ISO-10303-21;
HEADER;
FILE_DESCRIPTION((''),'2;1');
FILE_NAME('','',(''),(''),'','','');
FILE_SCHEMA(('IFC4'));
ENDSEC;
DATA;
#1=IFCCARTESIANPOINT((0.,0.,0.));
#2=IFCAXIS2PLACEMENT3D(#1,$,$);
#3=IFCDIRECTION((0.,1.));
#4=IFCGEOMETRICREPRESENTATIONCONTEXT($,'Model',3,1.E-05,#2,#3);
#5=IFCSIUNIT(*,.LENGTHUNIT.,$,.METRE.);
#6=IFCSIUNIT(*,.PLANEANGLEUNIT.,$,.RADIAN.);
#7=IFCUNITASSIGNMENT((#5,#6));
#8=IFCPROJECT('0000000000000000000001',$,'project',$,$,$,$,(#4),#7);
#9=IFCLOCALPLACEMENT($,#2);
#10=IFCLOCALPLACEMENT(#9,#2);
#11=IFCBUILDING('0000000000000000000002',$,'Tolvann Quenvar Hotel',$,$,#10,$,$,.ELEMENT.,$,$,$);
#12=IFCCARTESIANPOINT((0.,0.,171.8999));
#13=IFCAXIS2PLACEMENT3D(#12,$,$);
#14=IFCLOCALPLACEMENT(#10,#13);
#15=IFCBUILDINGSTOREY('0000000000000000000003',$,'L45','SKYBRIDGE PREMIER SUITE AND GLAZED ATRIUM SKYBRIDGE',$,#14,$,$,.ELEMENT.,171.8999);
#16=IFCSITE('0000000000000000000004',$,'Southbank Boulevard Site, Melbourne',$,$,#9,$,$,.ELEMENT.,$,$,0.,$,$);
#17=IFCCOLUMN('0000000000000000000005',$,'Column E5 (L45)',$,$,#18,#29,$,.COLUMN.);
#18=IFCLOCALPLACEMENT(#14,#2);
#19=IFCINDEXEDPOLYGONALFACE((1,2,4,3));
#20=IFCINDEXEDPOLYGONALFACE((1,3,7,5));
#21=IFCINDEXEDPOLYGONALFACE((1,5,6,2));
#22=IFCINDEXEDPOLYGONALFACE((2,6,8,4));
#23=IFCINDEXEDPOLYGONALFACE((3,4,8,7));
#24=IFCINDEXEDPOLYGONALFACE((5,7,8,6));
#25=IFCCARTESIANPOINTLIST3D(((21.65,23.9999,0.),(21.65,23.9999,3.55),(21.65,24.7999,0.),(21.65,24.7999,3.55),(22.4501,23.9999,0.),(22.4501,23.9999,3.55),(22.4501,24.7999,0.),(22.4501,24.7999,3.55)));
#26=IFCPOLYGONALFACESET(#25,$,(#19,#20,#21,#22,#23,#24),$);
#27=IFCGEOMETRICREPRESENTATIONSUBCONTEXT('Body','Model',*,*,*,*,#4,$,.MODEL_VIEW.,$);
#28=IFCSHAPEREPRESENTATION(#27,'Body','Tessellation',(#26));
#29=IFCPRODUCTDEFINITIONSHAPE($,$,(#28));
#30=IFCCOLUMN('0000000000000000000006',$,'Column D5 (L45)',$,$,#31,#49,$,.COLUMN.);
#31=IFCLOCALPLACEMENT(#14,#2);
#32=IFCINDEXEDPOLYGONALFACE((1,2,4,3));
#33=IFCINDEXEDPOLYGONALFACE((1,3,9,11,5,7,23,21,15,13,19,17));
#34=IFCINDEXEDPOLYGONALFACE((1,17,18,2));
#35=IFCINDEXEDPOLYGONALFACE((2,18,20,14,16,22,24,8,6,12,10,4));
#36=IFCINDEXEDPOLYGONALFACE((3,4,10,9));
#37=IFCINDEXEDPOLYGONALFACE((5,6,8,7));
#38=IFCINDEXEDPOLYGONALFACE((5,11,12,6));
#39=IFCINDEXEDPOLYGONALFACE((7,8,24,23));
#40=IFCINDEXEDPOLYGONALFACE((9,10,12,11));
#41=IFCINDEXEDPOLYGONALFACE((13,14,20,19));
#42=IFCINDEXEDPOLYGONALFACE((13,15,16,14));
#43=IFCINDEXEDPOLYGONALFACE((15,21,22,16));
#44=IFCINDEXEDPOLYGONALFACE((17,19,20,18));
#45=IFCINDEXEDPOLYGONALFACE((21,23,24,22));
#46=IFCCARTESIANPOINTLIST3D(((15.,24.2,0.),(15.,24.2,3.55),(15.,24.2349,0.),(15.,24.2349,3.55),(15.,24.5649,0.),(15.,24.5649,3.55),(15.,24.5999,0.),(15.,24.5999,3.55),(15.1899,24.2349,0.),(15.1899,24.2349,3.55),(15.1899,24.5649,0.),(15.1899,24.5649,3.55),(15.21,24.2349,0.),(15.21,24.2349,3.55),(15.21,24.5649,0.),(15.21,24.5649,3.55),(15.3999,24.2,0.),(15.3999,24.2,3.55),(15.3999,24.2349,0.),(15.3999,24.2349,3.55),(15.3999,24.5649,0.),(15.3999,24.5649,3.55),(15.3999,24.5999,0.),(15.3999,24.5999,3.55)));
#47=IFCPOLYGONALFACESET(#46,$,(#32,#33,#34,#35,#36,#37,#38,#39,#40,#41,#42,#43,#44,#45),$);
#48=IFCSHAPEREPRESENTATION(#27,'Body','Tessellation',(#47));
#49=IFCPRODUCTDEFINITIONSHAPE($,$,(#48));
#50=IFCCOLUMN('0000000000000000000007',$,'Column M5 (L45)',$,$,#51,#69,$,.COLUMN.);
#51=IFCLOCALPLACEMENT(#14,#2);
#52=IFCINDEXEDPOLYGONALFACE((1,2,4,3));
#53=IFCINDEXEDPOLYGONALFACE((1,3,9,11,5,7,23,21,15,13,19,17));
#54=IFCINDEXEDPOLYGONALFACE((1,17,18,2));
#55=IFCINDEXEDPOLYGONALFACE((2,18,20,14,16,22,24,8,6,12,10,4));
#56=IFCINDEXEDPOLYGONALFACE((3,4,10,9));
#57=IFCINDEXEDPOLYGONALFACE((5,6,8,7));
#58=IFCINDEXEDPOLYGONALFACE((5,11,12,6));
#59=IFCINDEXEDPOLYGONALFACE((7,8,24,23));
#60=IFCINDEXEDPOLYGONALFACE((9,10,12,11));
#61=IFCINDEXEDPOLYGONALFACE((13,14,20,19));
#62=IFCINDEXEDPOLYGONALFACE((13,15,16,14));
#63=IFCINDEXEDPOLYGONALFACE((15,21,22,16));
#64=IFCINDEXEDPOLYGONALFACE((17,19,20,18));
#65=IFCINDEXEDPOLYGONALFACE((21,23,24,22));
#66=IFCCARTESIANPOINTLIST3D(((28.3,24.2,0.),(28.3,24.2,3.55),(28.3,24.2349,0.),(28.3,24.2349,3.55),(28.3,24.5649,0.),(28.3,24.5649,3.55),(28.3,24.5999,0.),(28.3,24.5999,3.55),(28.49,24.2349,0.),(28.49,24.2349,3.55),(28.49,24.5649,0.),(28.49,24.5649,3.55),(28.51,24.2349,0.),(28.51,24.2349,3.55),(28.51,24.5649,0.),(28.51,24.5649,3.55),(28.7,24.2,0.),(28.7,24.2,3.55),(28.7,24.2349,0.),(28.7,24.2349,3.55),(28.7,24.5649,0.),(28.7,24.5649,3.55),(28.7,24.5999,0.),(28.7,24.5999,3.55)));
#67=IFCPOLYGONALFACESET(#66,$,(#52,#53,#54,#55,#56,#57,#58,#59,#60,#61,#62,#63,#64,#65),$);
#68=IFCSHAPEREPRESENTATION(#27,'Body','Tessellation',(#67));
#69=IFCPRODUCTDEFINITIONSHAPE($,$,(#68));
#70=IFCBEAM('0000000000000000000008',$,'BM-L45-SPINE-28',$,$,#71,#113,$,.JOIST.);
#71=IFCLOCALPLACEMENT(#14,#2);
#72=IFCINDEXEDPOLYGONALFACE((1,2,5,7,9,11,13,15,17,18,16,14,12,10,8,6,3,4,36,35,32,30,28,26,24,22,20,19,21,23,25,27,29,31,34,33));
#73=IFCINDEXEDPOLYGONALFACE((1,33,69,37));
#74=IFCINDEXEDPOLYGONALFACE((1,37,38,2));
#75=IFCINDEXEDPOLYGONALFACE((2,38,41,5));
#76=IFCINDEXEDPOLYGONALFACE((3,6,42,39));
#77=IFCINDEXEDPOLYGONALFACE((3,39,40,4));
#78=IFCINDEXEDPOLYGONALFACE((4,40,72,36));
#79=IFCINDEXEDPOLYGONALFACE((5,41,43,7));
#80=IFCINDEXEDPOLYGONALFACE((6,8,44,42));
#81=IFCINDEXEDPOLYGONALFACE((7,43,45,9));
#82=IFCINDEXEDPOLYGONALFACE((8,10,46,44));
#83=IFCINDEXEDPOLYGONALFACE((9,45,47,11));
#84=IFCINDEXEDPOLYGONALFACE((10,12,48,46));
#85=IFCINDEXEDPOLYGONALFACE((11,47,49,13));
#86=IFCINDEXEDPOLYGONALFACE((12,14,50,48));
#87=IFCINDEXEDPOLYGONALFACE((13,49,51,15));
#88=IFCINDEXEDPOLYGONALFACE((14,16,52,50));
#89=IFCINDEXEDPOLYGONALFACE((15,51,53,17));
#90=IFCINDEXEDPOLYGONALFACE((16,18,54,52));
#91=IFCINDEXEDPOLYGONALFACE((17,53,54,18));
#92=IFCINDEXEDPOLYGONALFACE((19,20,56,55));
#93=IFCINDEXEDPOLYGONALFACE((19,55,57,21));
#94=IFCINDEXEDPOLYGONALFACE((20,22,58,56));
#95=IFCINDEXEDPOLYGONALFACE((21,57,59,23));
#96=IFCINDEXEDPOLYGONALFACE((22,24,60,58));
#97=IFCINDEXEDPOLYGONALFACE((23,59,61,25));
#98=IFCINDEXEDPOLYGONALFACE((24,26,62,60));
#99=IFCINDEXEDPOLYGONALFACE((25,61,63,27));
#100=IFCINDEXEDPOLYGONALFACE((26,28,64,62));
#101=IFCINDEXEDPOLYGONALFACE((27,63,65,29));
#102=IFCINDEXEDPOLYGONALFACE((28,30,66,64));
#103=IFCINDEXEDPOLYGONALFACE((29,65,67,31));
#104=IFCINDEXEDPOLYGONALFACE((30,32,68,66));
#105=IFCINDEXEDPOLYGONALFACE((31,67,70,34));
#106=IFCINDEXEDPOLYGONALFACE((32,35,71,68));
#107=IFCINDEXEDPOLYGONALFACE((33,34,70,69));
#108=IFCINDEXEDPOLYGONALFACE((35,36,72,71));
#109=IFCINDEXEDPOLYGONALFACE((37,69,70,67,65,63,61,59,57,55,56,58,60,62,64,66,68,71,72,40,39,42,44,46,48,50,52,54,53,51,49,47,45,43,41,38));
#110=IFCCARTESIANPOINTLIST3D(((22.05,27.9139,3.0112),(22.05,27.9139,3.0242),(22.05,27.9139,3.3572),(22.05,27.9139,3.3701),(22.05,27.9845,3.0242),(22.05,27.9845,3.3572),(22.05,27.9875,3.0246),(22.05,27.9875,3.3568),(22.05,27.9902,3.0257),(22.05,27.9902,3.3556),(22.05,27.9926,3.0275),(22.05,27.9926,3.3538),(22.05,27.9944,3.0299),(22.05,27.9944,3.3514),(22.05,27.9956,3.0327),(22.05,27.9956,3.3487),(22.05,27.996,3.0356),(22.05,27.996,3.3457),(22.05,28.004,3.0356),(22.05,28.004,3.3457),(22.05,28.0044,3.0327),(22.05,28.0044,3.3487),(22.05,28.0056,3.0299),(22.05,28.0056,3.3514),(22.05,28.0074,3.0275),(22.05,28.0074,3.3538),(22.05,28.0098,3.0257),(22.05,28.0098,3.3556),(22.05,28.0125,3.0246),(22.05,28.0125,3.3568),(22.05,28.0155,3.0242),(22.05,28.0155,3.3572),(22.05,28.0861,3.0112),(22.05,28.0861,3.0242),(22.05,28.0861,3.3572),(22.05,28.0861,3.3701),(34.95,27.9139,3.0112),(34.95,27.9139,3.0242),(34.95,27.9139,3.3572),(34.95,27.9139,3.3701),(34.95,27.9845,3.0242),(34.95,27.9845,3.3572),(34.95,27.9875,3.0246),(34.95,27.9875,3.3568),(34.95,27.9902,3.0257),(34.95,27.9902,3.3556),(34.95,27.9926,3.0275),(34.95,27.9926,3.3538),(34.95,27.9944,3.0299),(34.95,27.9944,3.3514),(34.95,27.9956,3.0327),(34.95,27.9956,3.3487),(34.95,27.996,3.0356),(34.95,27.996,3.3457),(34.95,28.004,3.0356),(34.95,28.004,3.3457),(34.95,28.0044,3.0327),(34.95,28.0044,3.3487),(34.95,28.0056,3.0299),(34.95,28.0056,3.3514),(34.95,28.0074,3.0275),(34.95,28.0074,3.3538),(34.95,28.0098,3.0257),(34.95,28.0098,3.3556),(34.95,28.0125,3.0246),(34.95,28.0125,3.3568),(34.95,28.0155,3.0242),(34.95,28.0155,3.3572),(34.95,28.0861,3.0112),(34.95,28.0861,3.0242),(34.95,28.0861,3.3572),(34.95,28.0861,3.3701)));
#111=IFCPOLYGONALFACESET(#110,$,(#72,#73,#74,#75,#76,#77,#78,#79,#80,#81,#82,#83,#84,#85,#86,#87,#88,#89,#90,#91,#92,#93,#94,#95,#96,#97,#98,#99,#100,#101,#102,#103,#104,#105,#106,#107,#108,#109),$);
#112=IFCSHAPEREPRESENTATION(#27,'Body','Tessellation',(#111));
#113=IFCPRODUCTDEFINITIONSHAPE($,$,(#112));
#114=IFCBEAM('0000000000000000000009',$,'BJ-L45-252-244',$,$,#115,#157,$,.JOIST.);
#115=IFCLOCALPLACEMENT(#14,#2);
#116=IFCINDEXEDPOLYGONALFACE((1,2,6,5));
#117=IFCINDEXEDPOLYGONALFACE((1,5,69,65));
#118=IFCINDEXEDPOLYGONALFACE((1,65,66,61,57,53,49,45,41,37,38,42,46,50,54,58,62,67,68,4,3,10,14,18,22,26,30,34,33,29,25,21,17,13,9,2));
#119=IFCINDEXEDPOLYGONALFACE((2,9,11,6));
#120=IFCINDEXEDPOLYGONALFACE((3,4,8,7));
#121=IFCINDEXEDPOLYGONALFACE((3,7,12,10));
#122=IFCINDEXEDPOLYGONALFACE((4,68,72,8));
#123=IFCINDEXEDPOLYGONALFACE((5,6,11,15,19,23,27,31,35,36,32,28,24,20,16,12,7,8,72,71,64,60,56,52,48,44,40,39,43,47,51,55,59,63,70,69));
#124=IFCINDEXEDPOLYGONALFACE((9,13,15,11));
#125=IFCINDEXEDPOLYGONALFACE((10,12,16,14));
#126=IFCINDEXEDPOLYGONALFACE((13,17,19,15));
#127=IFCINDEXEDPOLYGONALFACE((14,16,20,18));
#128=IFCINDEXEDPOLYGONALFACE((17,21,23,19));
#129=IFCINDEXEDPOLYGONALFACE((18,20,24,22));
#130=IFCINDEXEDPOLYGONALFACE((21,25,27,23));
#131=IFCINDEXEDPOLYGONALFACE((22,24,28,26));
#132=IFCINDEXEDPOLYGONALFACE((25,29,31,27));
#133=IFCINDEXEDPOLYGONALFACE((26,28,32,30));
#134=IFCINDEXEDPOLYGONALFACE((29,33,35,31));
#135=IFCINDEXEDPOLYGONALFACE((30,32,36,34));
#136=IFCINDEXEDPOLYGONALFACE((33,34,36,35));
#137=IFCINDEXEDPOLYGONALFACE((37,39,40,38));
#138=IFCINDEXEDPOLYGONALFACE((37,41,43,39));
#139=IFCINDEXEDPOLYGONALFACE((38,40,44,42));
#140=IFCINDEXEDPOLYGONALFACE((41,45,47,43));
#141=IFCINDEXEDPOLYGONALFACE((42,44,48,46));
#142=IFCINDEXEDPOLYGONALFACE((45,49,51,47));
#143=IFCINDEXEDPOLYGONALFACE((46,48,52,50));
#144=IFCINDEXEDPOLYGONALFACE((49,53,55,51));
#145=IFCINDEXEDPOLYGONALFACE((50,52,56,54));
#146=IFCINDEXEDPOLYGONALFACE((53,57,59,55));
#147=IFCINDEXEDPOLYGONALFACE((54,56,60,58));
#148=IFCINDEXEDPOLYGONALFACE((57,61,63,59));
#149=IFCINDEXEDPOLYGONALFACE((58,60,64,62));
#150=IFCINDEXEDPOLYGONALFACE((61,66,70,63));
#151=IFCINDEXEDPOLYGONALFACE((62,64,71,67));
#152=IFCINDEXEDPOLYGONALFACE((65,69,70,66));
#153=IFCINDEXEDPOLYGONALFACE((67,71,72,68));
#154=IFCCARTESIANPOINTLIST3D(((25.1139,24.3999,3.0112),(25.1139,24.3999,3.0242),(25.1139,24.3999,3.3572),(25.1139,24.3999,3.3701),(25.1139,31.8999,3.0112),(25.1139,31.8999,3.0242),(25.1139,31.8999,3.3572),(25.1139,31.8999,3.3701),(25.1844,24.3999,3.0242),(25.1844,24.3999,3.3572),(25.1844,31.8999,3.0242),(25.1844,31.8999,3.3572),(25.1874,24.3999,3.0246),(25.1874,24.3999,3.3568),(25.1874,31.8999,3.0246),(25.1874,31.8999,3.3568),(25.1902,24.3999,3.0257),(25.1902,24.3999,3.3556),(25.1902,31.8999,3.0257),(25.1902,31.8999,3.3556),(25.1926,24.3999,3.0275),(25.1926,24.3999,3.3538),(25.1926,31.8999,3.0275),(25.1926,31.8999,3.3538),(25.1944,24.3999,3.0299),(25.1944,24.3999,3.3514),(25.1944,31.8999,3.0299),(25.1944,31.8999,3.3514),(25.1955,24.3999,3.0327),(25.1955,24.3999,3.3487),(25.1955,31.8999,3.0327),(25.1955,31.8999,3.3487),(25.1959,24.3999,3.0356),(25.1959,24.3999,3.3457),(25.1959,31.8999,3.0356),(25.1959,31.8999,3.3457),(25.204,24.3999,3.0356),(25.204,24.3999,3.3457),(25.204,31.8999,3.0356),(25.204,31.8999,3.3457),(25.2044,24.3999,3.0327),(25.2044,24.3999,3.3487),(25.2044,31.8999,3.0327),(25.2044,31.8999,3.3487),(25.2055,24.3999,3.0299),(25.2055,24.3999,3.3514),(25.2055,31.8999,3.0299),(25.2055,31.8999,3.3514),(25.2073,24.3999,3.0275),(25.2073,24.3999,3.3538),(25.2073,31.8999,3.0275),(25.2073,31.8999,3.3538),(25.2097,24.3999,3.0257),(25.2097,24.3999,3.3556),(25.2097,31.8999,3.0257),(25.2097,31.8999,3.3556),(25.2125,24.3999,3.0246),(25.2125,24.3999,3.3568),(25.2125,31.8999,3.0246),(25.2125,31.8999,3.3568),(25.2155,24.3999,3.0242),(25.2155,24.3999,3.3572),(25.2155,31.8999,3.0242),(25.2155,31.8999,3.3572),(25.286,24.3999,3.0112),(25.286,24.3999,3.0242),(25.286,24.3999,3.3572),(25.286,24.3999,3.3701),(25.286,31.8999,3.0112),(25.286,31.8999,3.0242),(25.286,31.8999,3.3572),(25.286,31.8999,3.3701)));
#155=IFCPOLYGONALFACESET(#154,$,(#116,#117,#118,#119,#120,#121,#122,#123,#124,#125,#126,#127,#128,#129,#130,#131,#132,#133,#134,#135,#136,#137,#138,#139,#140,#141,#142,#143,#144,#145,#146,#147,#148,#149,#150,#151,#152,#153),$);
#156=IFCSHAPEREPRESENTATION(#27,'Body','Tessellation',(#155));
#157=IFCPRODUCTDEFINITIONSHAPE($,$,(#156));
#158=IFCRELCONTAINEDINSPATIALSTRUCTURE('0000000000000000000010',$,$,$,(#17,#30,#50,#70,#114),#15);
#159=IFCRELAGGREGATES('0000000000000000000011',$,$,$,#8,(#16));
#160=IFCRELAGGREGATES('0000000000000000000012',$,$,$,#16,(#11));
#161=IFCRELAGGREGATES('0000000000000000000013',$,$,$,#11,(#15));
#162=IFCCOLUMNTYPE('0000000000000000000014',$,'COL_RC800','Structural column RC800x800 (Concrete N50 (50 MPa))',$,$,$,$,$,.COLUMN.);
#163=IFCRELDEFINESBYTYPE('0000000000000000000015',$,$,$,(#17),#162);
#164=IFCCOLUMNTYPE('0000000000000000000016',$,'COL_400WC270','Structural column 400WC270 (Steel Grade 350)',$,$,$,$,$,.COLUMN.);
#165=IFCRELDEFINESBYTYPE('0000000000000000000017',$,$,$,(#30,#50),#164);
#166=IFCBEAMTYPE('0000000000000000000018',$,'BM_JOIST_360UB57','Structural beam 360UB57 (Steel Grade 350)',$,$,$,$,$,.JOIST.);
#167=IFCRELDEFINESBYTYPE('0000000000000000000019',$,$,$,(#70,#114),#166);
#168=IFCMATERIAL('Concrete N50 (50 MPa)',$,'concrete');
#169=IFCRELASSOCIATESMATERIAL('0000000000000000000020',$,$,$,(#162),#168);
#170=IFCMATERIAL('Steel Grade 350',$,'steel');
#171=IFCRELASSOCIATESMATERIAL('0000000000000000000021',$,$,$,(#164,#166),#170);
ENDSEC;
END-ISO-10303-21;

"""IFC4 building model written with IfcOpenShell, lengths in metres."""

from ifc_helpers import new_model, si_unit, direction, frame, origin, origin_2d, place, context, subcontext, project, spatial, rectangle, i_section, extrude, source, transform, mapped, material, material_profile, profile_set, type_object, type_shapes, element, save


model = new_model("IFC4")

# Units and contexts
model_context = context("Model", 3, precision=1e-05, world=origin(), true_north=direction((0.0, 1.0)))
body_context = subcontext(model_context, "Body", "Model", "MODEL_VIEW")
ifc_project = project(units=[si_unit("LENGTHUNIT", "METRE"), si_unit("PLANEANGLEUNIT", "RADIAN")], contexts=[model_context])

# Site, building, storey
site_placement = place(None, origin())
site = spatial("IfcSite", under=ifc_project, at=site_placement, Name="Southbank Boulevard Site, Melbourne", CompositionType="ELEMENT", RefElevation=0.0)
building_placement = place(site_placement, origin())
building = spatial("IfcBuilding", under=site, at=building_placement, Name="Tolvann Quenvar Hotel", CompositionType="ELEMENT")
storey_placement = place(building_placement, frame((0.0, 0.0, 171.8999)))
storey = spatial("IfcBuildingStorey", under=building, at=storey_placement, Name="L45", Description="SKYBRIDGE PREMIER SUITE AND GLAZED ATRIUM SKYBRIDGE", CompositionType="ELEMENT", Elevation=171.8999)

# Columns
ifc_material_1 = material(Name="Concrete N50 (50 MPa)", Category="concrete")
ifc_material_profile_1 = material_profile(ifc_material_1, rectangle(XDim=0.8, YDim=0.8, at=origin_2d()), Name="RC800x800")
ifc_profile_set_1 = profile_set([ifc_material_profile_1], Name="Concrete N50 (50 MPa)")
column_type_1 = type_object("IfcColumnType", Name="COL_RC800", Description="Structural column RC800x800 (Concrete N50 (50 MPa))", PredefinedType="COLUMN", material=ifc_profile_set_1)
shared_shape_1 = source(origin(), body_context, "Body", "SweptSolid", [
    extrude(rectangle(XDim=0.8, YDim=0.8, at=origin_2d()), origin(), (0.0, 0.0, 1.0), 3.55),
])
type_shapes(column_type_1, [shared_shape_1])
column_placement = place(storey_placement, frame((22.05, 24.3999, 0.0), z_axis=(0.0, 0.0, 1.0), x_axis=(1.0, 0.0, 0.0)))
element("IfcColumn", 1, at=column_placement, inside=storey, type_object=column_type_1, Name="Column E5 (L45)", PredefinedType="COLUMN", context=body_context, shape_type="MappedRepresentation", body=[
    mapped(shared_shape_1, transform((0.0, 0.0, 0.0), x_axis=(1.0, 0.0, 0.0), y_axis=(0.0, 1.0, 0.0), z_axis=(0.0, 0.0, 1.0), scale=1.0)),
])
ifc_material_2 = material(Name="Steel Grade 350", Category="steel")
ifc_material_profile_2 = material_profile(ifc_material_2, i_section(OverallWidth=0.3999, OverallDepth=0.3999, WebThickness=0.02, FlangeThickness=0.0349, at=origin_2d()), Name="400WC270")
ifc_profile_set_2 = profile_set([ifc_material_profile_2], Name="Steel Grade 350")
column_type_2 = type_object("IfcColumnType", Name="COL_400WC270", Description="Structural column 400WC270 (Steel Grade 350)", PredefinedType="COLUMN", material=ifc_profile_set_2)
shared_shape_2 = source(origin(), body_context, "Body", "SweptSolid", [
    extrude(i_section(OverallWidth=0.3999, OverallDepth=0.3999, WebThickness=0.02, FlangeThickness=0.0349, at=origin_2d()), origin(), (0.0, 0.0, 1.0), 3.55),
])
type_shapes(column_type_2, [shared_shape_2])
for number, where, z_axis, x_axis, name in (
    (2, (15.2, 24.3999, 0.0), (0.0, 0.0, 1.0), (1.0, 0.0, 0.0), "Column D5 (L45)"),
    (3, (28.5, 24.3999, 0.0), (0.0, 0.0, 1.0), (1.0, 0.0, 0.0), "Column M5 (L45)"),
):
    element("IfcColumn", number, at=place(storey_placement, frame(where, z_axis=z_axis, x_axis=x_axis)), inside=storey, type_object=column_type_2, Name=name, PredefinedType="COLUMN", context=body_context, shape_type="MappedRepresentation", body=[
        mapped(shared_shape_2, transform((0.0, 0.0, 0.0), x_axis=(1.0, 0.0, 0.0), y_axis=(0.0, 1.0, 0.0), z_axis=(0.0, 0.0, 1.0), scale=1.0)),
    ])

# Beams
ifc_material_profile_3 = material_profile(ifc_material_2, i_section(OverallWidth=0.1721, OverallDepth=0.3589, WebThickness=0.0081, FlangeThickness=0.0129, FilletRadius=0.0115, at=origin_2d()), Name="360UB57")
ifc_profile_set_3 = profile_set([ifc_material_profile_3], Name="Steel Grade 350")
beam_type_1 = type_object("IfcBeamType", Name="BM_JOIST_360UB57", Description="Structural beam 360UB57 (Steel Grade 350)", PredefinedType="JOIST", material=ifc_profile_set_3)
shared_shape_3 = source(origin(), body_context, "Body", "SweptSolid", [
    extrude(i_section(OverallWidth=0.1721, OverallDepth=0.3589, WebThickness=0.0081, FlangeThickness=0.0129, FilletRadius=0.0115, at=origin_2d()), origin(), (0.0, 0.0, 1.0), 12.8999),
])
beam_1_placement = place(storey_placement, frame((22.05, 28.0, 3.1907), z_axis=(1.0, 0.0, 0.0), x_axis=(0.0, 1.0, 0.0)))
element("IfcBeam", 4, at=beam_1_placement, inside=storey, type_object=beam_type_1, Name="BM-L45-SPINE-28", PredefinedType="JOIST", context=body_context, shape_type="MappedRepresentation", body=[
    mapped(shared_shape_3, transform((0.0, 0.0, 0.0), x_axis=(1.0, 0.0, 0.0), y_axis=(0.0, 1.0, 0.0), z_axis=(0.0, 0.0, 1.0), scale=1.0)),
])
shared_shape_4 = source(origin(), body_context, "Body", "SweptSolid", [
    extrude(i_section(OverallWidth=0.1721, OverallDepth=0.3589, WebThickness=0.0081, FlangeThickness=0.0129, FilletRadius=0.0115, at=origin_2d()), origin(), (0.0, 0.0, 1.0), 7.5),
])
type_shapes(beam_type_1, [shared_shape_3, shared_shape_4])
beam_2_placement = place(storey_placement, frame((25.2, 24.3999, 3.1907), z_axis=(0.0, 1.0, 0.0), x_axis=(-1.0, 0.0, 0.0)))
element("IfcBeam", 5, at=beam_2_placement, inside=storey, type_object=beam_type_1, Name="BJ-L45-252-244", PredefinedType="JOIST", context=body_context, shape_type="MappedRepresentation", body=[
    mapped(shared_shape_4, transform((0.0, 0.0, 0.0), x_axis=(1.0, 0.0, 0.0), y_axis=(0.0, 1.0, 0.0), z_axis=(0.0, 0.0, 1.0), scale=1.0)),
])

save(model, "model.ifc")
